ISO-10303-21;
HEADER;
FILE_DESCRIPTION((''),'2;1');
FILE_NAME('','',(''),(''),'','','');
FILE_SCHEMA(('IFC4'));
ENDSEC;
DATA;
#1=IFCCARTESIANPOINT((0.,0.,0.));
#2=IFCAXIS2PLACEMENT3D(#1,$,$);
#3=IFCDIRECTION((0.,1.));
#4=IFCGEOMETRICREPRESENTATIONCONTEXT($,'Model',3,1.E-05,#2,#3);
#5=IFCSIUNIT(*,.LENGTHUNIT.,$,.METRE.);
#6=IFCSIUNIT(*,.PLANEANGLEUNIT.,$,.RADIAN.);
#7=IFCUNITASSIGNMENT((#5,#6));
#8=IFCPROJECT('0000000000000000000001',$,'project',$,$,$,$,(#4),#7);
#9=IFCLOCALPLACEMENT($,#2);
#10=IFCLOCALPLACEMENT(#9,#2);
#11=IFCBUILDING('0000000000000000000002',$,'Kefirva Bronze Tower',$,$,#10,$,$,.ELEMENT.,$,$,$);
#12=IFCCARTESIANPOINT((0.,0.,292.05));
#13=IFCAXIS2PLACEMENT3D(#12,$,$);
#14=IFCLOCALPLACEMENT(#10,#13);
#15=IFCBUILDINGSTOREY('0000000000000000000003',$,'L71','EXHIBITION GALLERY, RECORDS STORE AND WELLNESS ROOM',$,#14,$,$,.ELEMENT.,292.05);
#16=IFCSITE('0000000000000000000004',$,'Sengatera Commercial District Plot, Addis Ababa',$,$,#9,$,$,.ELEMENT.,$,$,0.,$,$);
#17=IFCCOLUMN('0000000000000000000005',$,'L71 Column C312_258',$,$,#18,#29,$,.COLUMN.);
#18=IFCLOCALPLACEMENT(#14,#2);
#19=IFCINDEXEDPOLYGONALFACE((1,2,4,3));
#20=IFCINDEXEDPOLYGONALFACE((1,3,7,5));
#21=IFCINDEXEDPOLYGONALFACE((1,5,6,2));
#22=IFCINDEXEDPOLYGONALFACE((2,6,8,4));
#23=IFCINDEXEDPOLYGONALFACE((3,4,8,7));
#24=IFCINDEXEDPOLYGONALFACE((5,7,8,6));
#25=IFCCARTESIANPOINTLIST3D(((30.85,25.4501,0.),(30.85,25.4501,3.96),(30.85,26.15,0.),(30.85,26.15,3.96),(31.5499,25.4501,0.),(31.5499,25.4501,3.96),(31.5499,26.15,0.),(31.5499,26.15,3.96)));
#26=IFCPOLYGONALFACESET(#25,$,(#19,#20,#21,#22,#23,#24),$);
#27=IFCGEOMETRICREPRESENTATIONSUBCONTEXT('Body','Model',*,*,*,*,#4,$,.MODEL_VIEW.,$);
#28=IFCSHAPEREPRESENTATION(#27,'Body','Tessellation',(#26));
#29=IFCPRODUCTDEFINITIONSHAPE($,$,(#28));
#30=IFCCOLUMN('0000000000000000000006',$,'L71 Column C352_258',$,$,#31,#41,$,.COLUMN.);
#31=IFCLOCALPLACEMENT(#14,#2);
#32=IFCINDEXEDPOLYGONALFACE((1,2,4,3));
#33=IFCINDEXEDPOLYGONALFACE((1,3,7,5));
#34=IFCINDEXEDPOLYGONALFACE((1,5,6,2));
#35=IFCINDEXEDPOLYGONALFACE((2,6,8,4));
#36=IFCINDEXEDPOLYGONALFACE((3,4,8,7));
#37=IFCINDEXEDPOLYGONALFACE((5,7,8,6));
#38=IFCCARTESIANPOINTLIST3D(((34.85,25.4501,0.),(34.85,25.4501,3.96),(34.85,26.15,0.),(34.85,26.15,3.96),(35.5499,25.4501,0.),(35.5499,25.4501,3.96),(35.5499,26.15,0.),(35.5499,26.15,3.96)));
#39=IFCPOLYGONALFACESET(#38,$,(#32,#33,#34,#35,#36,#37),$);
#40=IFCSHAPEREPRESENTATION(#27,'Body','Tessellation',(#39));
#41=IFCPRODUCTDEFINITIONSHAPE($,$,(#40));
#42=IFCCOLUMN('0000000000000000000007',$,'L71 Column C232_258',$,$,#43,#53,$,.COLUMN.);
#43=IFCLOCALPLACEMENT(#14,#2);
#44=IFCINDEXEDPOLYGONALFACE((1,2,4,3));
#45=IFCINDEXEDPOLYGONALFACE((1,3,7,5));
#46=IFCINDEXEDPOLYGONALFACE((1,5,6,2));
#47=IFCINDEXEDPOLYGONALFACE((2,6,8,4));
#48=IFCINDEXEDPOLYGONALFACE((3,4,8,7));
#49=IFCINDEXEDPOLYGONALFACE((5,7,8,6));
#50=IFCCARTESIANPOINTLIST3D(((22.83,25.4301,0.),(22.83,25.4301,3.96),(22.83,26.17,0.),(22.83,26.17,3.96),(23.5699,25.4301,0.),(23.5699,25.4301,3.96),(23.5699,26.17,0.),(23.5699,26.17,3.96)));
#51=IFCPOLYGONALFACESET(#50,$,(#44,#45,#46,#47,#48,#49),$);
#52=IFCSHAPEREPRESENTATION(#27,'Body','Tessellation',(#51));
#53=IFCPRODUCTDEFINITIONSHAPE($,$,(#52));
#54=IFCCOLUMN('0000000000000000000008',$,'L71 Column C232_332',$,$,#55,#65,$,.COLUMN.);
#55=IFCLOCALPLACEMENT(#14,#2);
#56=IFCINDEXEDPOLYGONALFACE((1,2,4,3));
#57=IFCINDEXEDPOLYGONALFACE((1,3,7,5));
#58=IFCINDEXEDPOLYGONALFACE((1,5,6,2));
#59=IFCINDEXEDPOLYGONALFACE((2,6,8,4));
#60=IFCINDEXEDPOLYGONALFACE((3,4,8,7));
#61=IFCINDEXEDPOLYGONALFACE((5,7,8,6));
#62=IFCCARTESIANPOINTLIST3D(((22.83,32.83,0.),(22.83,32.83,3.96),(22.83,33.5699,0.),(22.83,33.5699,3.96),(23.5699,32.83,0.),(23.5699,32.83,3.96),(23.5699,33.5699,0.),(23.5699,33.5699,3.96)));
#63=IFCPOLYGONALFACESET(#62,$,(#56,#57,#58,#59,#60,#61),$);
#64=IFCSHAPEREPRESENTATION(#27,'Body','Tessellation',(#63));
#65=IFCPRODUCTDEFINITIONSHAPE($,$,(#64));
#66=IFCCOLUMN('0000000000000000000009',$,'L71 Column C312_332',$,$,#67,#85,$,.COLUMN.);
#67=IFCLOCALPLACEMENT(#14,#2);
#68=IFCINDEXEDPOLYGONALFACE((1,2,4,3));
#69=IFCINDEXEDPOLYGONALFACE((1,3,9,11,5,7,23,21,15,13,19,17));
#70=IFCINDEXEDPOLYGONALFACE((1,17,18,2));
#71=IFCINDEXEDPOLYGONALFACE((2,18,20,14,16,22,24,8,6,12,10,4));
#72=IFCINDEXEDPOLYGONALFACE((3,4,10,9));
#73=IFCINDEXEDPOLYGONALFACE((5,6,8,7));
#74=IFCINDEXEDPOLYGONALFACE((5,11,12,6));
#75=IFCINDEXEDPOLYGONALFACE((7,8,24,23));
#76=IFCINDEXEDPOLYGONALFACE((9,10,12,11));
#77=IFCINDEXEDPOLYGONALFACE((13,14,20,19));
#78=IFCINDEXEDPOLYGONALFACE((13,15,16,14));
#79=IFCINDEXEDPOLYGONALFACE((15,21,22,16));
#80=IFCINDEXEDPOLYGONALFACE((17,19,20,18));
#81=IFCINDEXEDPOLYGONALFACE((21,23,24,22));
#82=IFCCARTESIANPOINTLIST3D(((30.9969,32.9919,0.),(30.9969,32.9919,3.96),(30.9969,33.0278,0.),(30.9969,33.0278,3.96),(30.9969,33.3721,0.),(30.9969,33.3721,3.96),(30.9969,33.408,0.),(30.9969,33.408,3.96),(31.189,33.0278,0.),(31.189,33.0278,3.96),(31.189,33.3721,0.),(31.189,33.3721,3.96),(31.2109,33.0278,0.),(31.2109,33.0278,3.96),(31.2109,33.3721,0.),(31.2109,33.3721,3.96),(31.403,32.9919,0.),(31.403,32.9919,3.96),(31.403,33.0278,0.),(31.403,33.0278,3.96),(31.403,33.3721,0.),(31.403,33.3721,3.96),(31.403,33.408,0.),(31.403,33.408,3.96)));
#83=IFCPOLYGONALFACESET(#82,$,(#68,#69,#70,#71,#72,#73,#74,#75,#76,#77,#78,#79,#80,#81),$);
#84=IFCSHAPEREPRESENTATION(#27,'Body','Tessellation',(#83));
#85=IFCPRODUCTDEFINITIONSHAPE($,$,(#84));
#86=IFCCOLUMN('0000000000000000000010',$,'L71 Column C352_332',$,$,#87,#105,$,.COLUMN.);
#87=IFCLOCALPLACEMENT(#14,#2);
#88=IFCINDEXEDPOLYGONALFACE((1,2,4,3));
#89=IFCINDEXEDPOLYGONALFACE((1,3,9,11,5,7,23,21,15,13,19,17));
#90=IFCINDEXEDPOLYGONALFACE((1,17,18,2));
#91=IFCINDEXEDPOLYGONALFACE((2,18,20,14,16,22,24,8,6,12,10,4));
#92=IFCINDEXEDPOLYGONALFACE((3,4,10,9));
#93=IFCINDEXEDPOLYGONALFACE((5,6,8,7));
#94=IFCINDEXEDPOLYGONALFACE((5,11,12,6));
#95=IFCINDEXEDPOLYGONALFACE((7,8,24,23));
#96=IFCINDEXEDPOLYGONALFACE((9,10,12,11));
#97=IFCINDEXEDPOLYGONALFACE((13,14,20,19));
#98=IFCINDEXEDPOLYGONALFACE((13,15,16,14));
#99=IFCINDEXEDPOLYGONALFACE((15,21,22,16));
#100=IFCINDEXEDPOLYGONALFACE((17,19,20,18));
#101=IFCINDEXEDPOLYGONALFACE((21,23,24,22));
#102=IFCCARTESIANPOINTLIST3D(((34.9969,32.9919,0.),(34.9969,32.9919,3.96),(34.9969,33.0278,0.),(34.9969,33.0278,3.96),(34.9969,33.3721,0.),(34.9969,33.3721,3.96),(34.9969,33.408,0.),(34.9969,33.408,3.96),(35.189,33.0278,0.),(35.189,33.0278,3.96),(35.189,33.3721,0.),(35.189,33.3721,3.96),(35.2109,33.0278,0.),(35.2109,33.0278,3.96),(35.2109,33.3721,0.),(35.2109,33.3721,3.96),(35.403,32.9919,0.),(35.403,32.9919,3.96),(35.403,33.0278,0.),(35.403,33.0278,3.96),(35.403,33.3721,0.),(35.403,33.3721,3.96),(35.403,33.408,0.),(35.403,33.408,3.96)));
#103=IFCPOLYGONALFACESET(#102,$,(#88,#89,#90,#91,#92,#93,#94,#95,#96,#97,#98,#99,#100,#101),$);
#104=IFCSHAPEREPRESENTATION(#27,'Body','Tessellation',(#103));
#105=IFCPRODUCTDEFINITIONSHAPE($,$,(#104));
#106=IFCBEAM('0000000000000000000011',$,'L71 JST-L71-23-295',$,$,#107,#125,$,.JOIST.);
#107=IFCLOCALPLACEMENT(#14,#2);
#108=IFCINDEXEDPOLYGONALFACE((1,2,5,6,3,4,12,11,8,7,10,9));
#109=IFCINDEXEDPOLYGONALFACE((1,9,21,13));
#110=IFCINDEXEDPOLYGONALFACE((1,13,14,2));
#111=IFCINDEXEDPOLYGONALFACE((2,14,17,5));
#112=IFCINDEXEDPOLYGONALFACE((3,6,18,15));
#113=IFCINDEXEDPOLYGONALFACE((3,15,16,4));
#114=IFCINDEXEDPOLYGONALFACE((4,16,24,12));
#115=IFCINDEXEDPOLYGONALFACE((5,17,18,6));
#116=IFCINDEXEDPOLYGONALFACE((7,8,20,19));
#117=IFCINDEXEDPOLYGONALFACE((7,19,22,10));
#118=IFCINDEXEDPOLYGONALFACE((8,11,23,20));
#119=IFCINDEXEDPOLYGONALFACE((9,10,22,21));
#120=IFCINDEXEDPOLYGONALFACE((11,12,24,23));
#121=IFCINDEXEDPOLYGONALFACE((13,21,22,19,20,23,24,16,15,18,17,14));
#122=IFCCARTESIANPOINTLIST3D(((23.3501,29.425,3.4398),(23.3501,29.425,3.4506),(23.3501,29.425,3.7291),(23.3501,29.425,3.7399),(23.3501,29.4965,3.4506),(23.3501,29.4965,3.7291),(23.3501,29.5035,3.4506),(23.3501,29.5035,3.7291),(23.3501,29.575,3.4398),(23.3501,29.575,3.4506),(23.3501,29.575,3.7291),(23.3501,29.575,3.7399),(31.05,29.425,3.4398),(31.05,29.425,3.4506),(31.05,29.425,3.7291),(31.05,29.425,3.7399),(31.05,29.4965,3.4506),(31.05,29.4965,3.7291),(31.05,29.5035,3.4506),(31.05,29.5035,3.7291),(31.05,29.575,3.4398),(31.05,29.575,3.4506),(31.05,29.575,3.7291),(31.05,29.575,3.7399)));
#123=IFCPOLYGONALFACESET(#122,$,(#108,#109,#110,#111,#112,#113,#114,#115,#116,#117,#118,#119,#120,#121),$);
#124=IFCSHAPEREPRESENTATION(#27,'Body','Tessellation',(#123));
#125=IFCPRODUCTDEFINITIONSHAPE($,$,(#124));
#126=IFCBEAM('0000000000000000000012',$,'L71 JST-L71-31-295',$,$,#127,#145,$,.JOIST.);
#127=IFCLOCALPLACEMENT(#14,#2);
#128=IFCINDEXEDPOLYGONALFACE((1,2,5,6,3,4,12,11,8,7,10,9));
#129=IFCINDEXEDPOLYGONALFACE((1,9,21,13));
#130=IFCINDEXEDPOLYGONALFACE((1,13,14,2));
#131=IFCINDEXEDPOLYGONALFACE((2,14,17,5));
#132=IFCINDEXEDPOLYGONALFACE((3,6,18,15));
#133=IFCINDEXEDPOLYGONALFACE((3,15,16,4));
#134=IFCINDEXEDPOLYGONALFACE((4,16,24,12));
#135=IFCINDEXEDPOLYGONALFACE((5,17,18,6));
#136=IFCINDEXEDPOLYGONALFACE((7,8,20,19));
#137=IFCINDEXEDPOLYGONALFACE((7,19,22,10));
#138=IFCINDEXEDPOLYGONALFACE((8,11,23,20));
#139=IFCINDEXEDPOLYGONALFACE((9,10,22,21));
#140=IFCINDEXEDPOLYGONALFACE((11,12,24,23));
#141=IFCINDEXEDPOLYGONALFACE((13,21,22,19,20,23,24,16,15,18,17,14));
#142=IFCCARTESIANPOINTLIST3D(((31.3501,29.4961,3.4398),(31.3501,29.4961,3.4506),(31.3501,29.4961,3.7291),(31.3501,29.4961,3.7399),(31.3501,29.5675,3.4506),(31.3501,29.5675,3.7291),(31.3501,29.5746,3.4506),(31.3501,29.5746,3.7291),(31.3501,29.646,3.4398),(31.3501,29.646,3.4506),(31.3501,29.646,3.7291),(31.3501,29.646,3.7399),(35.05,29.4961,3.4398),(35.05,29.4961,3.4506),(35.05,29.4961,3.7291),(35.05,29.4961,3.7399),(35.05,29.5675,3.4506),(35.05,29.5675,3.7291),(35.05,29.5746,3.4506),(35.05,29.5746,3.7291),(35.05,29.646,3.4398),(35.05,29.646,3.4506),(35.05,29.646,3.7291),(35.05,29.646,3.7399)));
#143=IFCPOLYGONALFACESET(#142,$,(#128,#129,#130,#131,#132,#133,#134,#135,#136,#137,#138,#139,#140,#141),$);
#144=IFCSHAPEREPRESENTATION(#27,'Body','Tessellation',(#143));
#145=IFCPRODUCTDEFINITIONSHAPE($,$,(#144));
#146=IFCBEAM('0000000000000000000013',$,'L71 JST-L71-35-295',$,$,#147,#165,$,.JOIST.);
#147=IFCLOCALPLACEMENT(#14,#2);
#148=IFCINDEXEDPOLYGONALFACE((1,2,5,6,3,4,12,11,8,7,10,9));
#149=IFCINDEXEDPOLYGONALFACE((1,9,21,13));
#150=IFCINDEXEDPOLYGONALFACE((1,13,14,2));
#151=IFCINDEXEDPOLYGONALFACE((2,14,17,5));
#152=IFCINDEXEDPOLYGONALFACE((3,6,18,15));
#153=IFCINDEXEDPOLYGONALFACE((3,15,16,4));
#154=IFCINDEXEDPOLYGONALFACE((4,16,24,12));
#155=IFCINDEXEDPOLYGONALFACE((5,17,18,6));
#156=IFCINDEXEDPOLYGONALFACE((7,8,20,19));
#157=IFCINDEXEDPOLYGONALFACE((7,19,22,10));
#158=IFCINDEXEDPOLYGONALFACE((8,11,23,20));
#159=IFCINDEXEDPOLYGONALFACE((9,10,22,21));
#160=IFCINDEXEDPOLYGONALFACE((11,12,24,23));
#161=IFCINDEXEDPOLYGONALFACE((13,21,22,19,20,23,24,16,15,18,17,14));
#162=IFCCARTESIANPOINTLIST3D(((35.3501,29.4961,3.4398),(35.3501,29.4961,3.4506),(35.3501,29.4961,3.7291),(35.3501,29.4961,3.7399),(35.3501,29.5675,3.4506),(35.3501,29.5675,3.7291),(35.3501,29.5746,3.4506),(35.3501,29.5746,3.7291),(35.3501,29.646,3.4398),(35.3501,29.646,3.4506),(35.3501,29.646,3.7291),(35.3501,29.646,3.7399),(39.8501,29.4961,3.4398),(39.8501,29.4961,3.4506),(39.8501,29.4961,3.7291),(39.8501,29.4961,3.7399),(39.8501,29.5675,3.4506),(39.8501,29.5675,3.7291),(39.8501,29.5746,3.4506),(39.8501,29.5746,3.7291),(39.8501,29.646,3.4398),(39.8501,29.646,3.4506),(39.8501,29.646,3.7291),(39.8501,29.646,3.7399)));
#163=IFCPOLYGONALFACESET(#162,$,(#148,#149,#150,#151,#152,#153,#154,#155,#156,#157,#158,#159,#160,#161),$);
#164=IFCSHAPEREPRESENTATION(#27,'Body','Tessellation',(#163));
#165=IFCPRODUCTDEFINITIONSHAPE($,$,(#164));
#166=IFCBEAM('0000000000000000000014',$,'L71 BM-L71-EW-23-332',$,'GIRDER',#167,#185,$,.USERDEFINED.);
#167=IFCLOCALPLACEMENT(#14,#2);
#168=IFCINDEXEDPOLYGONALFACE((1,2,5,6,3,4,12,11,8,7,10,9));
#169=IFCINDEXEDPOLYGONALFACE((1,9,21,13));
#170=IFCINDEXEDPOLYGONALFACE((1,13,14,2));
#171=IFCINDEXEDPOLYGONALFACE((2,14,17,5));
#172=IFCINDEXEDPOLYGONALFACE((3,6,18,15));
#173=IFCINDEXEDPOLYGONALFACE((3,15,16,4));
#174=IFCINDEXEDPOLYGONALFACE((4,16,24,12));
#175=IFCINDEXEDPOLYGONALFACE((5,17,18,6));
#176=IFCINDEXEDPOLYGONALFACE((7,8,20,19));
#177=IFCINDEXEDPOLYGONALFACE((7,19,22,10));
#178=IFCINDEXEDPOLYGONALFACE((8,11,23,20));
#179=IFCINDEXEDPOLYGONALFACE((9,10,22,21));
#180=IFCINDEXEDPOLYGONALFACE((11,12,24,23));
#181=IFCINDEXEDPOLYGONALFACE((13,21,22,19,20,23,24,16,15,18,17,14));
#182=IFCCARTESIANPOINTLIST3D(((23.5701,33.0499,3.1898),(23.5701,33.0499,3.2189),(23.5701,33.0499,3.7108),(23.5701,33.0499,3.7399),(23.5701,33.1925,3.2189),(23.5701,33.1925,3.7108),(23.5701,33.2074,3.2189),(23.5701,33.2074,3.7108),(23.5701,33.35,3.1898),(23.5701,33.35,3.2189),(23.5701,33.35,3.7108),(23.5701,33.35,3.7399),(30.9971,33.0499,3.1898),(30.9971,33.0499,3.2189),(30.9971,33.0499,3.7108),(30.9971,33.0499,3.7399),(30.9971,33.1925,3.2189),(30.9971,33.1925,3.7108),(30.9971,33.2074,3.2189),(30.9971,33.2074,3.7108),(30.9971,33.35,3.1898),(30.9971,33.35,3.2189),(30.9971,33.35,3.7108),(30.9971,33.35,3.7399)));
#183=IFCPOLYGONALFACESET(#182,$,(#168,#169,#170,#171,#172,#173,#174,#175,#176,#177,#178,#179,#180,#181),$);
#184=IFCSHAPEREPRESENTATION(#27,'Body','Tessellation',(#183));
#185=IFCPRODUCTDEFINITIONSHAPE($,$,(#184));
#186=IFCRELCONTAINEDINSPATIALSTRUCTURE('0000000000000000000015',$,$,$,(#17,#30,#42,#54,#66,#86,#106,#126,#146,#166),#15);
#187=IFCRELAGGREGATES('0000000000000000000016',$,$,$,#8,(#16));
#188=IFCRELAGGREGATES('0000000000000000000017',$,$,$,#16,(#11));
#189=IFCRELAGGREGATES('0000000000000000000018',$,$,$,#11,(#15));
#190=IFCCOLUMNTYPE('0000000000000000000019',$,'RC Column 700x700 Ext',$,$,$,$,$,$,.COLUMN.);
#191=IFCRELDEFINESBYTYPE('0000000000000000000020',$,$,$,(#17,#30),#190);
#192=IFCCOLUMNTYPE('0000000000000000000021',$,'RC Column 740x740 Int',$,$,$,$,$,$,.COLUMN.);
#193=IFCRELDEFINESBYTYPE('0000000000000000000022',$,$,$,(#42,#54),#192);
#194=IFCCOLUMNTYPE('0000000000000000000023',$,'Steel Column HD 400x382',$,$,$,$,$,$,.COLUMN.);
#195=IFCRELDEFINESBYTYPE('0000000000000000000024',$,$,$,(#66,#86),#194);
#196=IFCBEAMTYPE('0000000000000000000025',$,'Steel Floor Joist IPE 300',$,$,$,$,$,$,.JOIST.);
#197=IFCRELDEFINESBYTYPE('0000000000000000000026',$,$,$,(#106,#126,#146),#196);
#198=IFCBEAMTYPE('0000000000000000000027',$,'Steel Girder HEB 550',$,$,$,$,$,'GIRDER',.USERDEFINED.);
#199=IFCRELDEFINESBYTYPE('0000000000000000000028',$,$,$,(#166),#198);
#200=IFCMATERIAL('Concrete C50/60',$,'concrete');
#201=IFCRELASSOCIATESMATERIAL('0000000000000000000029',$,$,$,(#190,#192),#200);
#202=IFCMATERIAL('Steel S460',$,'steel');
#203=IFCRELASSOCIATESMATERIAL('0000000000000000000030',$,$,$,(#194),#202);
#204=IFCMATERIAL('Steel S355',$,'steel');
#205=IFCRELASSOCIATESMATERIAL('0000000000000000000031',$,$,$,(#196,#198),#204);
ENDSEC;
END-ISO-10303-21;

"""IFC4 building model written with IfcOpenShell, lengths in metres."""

from ifc_helpers import new_model, si_unit, direction, frame, origin, origin_2d, place, context, subcontext, project, spatial, rectangle, i_section, extrude, material, material_profile, profile_set, type_object, element, save


model = new_model("IFC4")

# Units and contexts
model_context = context("Model", 3, precision=1e-05, world=origin(), true_north=direction((0.0, 1.0)))
body_context = subcontext(model_context, "Body", "Model", "MODEL_VIEW")
ifc_project = project(units=[si_unit("LENGTHUNIT", "METRE"), si_unit("PLANEANGLEUNIT", "RADIAN")], contexts=[model_context])

# Site, building, storey
site_placement = place(None, origin())
site = spatial("IfcSite", under=ifc_project, at=site_placement, Name="Sengatera Commercial District Plot, Addis Ababa", CompositionType="ELEMENT", RefElevation=0.0)
building_placement = place(site_placement, origin())
building = spatial("IfcBuilding", under=site, at=building_placement, Name="Kefirva Bronze Tower", CompositionType="ELEMENT")
storey_placement = place(building_placement, frame((0.0, 0.0, 292.05)))
storey = spatial("IfcBuildingStorey", under=building, at=storey_placement, Name="L71", Description="EXHIBITION GALLERY, RECORDS STORE AND WELLNESS ROOM", CompositionType="ELEMENT", Elevation=292.05)

# Columns
ifc_material_1 = material(Name="Concrete C50/60", Category="concrete")
ifc_material_profile_1 = material_profile(ifc_material_1, rectangle(XDim=0.7, YDim=0.7, at=origin_2d()), Name="RC 700x700")
ifc_profile_set_1 = profile_set([ifc_material_profile_1], Name="Concrete C50/60")
column_type_1 = type_object("IfcColumnType", Name="RC Column 700x700 Ext", PredefinedType="COLUMN", material=ifc_profile_set_1)
for number, where, z_axis, x_axis, name in (
    (1, (31.2, 25.8, 0.0), (0.0, 0.0, 1.0), (1.0, 0.0, 0.0), "L71 Column C312_258"),
    (2, (35.2, 25.8, 0.0), (0.0, 0.0, 1.0), (1.0, 0.0, 0.0), "L71 Column C352_258"),
):
    element("IfcColumn", number, at=place(storey_placement, frame(where, z_axis=z_axis, x_axis=x_axis)), inside=storey, type_object=column_type_1, Name=name, PredefinedType="COLUMN", context=body_context, shape_type="SweptSolid", body=[
        extrude(rectangle(XDim=0.7, YDim=0.7, at=origin_2d()), origin(), (0.0, 0.0, 1.0), 3.96),
    ])
ifc_material_profile_2 = material_profile(ifc_material_1, rectangle(XDim=0.74, YDim=0.74, at=origin_2d()), Name="RC 740x740")
ifc_profile_set_2 = profile_set([ifc_material_profile_2], Name="Concrete C50/60")
column_type_2 = type_object("IfcColumnType", Name="RC Column 740x740 Int", PredefinedType="COLUMN", material=ifc_profile_set_2)
for number, where, z_axis, x_axis, name in (
    (3, (23.2, 25.8, 0.0), (0.0, 0.0, 1.0), (1.0, 0.0, 0.0), "L71 Column C232_258"),
    (4, (23.2, 33.2, 0.0), (0.0, 0.0, 1.0), (1.0, 0.0, 0.0), "L71 Column C232_332"),
):
    element("IfcColumn", number, at=place(storey_placement, frame(where, z_axis=z_axis, x_axis=x_axis)), inside=storey, type_object=column_type_2, Name=name, PredefinedType="COLUMN", context=body_context, shape_type="SweptSolid", body=[
        extrude(rectangle(XDim=0.74, YDim=0.74, at=origin_2d()), origin(), (0.0, 0.0, 1.0), 3.96),
    ])
ifc_material_2 = material(Name="Steel S460", Category="steel")
ifc_material_profile_3 = material_profile(ifc_material_2, i_section(OverallWidth=0.406, OverallDepth=0.416, WebThickness=0.022, FlangeThickness=0.0359, at=origin_2d()), Name="HD 400x382")
ifc_profile_set_3 = profile_set([ifc_material_profile_3], Name="Steel S460")
column_type_3 = type_object("IfcColumnType", Name="Steel Column HD 400x382", PredefinedType="COLUMN", material=ifc_profile_set_3)
for number, where, z_axis, x_axis, name in (
    (5, (31.2, 33.2, 0.0), (0.0, 0.0, 1.0), (1.0, 0.0, 0.0), "L71 Column C312_332"),
    (6, (35.2, 33.2, 0.0), (0.0, 0.0, 1.0), (1.0, 0.0, 0.0), "L71 Column C352_332"),
):
    element("IfcColumn", number, at=place(storey_placement, frame(where, z_axis=z_axis, x_axis=x_axis)), inside=storey, type_object=column_type_3, Name=name, PredefinedType="COLUMN", context=body_context, shape_type="SweptSolid", body=[
        extrude(i_section(OverallWidth=0.406, OverallDepth=0.416, WebThickness=0.022, FlangeThickness=0.0359, at=origin_2d()), origin(), (0.0, 0.0, 1.0), 3.96),
    ])

# Beams
ifc_material_3 = material(Name="Steel S355", Category="steel")
ifc_material_profile_4 = material_profile(ifc_material_3, i_section(OverallWidth=0.1499, OverallDepth=0.3, WebThickness=0.0071, FlangeThickness=0.0107, at=origin_2d()), Name="IPE 300")
ifc_profile_set_4 = profile_set([ifc_material_profile_4], Name="Steel S355")
beam_type_1 = type_object("IfcBeamType", Name="Steel Floor Joist IPE 300", PredefinedType="JOIST", material=ifc_profile_set_4)
beam_1_placement = place(storey_placement, frame((23.3501, 29.5, 3.5898), z_axis=(1.0, 0.0, 0.0), x_axis=(0.0, 1.0, 0.0)))
element("IfcBeam", 7, at=beam_1_placement, inside=storey, type_object=beam_type_1, Name="L71 JST-L71-23-295", PredefinedType="JOIST", context=body_context, shape_type="SweptSolid", body=[
    extrude(i_section(OverallWidth=0.1499, OverallDepth=0.3, WebThickness=0.0071, FlangeThickness=0.0107, at=origin_2d()), origin(), (0.0, 0.0, 1.0), 7.7),
])
beam_2_placement = place(storey_placement, frame((31.3501, 29.571, 3.5898), z_axis=(1.0, 0.0, 0.0), x_axis=(0.0, 1.0, 0.0)))
element("IfcBeam", 8, at=beam_2_placement, inside=storey, type_object=beam_type_1, Name="L71 JST-L71-31-295", PredefinedType="JOIST", context=body_context, shape_type="SweptSolid", body=[
    extrude(i_section(OverallWidth=0.1499, OverallDepth=0.3, WebThickness=0.0071, FlangeThickness=0.0107, at=origin_2d()), origin(), (0.0, 0.0, 1.0), 3.7),
])
beam_3_placement = place(storey_placement, frame((35.3501, 29.571, 3.5898), z_axis=(1.0, 0.0, 0.0), x_axis=(0.0, 1.0, 0.0)))
element("IfcBeam", 9, at=beam_3_placement, inside=storey, type_object=beam_type_1, Name="L71 JST-L71-35-295", PredefinedType="JOIST", context=body_context, shape_type="SweptSolid", body=[
    extrude(i_section(OverallWidth=0.1499, OverallDepth=0.3, WebThickness=0.0071, FlangeThickness=0.0107, at=origin_2d()), origin(), (0.0, 0.0, 1.0), 4.5),
])
ifc_material_profile_5 = material_profile(ifc_material_3, i_section(OverallWidth=0.3, OverallDepth=0.55, WebThickness=0.0149, FlangeThickness=0.0291, at=origin_2d()), Name="HEB 550")
ifc_profile_set_5 = profile_set([ifc_material_profile_5], Name="Steel S355")
beam_type_2 = type_object("IfcBeamType", Name="Steel Girder HEB 550", ElementType="GIRDER", PredefinedType="USERDEFINED", material=ifc_profile_set_5)
beam_4_placement = place(storey_placement, frame((23.5701, 33.2, 3.4648), z_axis=(1.0, 0.0, 0.0), x_axis=(0.0, 1.0, 0.0)))
element("IfcBeam", 10, at=beam_4_placement, inside=storey, type_object=beam_type_2, Name="L71 BM-L71-EW-23-332", ObjectType="GIRDER", PredefinedType="USERDEFINED", context=body_context, shape_type="SweptSolid", body=[
    extrude(i_section(OverallWidth=0.3, OverallDepth=0.55, WebThickness=0.0149, FlangeThickness=0.0291, at=origin_2d()), origin(), (0.0, 0.0, 1.0), 7.427),
])

save(model, "model.ifc")
